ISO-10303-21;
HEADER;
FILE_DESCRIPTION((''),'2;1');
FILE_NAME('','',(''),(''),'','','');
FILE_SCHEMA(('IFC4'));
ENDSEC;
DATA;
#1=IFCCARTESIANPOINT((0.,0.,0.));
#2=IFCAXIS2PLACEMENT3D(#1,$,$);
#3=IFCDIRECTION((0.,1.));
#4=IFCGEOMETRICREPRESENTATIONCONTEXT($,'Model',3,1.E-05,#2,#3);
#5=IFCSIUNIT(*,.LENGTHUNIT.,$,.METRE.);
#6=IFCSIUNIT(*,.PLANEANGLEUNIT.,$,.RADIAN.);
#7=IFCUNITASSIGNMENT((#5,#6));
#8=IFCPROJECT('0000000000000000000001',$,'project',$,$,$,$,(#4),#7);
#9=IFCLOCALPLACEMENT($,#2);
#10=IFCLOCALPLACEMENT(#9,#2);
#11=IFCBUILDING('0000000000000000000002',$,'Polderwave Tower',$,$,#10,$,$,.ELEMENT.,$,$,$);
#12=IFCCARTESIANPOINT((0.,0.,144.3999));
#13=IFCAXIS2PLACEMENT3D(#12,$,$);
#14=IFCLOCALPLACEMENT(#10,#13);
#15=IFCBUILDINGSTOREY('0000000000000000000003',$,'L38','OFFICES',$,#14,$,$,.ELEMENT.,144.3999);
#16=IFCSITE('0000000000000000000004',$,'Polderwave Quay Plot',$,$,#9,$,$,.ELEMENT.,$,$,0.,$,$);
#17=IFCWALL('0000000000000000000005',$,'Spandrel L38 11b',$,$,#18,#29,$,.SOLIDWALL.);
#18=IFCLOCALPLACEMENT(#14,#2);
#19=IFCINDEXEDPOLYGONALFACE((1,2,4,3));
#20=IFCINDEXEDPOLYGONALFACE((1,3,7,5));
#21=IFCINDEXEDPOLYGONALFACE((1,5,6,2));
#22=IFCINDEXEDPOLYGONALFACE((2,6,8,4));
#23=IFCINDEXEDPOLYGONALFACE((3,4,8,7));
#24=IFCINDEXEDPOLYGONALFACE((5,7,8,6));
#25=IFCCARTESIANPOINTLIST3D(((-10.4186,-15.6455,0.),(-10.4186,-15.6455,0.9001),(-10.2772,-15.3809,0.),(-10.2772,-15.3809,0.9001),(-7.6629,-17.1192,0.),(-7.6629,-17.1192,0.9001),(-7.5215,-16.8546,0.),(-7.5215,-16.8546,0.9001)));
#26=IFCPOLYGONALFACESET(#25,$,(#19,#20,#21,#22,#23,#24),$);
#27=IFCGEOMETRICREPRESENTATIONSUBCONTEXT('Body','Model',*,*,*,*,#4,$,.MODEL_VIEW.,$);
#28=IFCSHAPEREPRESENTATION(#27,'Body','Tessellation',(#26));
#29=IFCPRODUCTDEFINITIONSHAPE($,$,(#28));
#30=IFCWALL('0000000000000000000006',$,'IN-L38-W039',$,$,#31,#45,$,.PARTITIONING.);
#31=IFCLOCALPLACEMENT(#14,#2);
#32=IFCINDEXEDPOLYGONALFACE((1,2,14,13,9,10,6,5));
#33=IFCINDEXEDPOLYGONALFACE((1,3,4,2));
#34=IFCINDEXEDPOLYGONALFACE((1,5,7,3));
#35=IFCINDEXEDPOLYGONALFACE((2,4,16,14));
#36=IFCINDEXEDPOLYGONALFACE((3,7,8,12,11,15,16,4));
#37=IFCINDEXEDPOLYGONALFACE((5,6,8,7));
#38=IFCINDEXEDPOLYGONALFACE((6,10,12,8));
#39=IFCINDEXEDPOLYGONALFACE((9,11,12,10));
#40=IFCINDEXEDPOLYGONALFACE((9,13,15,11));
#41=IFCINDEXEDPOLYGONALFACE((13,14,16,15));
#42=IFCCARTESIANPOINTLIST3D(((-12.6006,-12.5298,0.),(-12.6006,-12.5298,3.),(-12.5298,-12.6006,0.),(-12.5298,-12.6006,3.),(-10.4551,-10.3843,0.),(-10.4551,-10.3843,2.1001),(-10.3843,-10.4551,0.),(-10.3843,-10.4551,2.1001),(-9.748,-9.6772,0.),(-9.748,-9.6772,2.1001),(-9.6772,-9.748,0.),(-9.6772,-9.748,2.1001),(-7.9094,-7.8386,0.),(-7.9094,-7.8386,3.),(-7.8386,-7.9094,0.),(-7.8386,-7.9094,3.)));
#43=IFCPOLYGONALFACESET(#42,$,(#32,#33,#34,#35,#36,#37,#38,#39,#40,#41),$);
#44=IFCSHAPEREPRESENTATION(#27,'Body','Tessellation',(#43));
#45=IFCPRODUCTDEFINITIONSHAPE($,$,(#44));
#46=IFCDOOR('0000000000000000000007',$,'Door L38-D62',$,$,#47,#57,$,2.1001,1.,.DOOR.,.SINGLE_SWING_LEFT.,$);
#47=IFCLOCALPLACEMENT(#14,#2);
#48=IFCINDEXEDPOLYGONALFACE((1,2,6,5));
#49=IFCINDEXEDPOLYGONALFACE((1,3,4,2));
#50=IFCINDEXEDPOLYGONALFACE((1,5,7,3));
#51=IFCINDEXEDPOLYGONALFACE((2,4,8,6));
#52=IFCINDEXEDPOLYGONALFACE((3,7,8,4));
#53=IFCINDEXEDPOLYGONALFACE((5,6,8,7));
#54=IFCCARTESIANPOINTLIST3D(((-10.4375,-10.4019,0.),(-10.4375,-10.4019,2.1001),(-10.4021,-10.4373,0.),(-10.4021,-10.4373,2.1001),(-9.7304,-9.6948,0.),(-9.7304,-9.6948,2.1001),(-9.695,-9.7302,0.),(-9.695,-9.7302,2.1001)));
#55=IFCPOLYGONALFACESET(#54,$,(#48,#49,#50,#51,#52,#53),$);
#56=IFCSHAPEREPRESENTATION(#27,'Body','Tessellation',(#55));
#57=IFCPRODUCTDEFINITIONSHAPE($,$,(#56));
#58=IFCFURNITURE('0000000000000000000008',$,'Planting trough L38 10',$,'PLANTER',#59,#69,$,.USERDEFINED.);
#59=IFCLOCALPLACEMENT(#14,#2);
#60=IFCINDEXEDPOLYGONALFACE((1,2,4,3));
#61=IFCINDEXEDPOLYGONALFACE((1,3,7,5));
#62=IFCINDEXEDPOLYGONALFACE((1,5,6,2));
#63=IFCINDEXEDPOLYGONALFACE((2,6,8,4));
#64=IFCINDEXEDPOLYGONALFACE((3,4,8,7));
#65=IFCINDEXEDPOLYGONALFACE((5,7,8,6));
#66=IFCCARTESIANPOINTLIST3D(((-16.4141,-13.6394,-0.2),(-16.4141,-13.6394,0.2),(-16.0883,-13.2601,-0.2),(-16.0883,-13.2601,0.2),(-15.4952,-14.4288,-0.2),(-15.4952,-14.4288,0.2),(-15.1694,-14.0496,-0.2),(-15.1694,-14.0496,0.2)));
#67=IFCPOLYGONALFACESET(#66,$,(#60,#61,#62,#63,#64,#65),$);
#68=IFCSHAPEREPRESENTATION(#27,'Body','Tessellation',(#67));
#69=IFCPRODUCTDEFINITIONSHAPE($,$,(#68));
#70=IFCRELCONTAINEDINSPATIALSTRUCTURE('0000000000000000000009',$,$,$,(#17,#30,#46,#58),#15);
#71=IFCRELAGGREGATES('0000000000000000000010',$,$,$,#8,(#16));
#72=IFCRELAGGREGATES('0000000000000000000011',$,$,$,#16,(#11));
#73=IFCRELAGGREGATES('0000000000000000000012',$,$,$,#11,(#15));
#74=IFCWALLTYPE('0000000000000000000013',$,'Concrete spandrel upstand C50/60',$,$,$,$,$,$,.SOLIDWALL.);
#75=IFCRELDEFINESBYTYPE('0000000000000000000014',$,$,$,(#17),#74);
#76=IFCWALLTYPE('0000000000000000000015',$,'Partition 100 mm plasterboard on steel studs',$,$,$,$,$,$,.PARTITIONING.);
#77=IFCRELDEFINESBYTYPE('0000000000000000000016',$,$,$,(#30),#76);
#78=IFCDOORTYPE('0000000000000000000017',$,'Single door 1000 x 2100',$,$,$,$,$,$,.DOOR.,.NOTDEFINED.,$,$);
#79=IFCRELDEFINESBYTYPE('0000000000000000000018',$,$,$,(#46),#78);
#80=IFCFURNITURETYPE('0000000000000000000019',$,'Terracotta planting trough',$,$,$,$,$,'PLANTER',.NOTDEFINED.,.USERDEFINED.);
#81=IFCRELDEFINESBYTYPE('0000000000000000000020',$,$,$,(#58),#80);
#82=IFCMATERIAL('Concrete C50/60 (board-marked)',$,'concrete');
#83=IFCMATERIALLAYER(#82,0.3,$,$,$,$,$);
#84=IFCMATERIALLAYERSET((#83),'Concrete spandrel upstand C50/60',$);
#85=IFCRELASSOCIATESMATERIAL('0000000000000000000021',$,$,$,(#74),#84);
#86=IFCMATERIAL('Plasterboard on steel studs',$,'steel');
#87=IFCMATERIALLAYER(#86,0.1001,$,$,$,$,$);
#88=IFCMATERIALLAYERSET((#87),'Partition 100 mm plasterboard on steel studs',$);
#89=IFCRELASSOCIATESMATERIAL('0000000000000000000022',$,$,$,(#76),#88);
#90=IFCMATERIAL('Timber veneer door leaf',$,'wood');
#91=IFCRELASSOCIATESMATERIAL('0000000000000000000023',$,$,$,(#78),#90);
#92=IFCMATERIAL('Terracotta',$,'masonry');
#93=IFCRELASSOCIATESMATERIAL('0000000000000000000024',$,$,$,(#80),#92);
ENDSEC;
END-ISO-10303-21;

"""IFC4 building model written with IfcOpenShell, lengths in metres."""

from ifc_helpers import new_model, si_unit, direction, frame, frame_2d, origin, origin_2d, place, context, subcontext, project, spatial, rectangle, extrude, material, layer, layer_set, type_object, element, fill, save


model = new_model("IFC4")

# Units and contexts
model_context = context("Model", 3, precision=1e-05, world=origin(), true_north=direction((0.0, 1.0)))
body_context = subcontext(model_context, "Body", "Model", "MODEL_VIEW")
ifc_project = project(units=[si_unit("LENGTHUNIT", "METRE"), si_unit("PLANEANGLEUNIT", "RADIAN")], contexts=[model_context])

# Site, building, storey
site_placement = place(None, origin())
site = spatial("IfcSite", under=ifc_project, at=site_placement, Name="Polderwave Quay Plot", CompositionType="ELEMENT", RefElevation=0.0)
building_placement = place(site_placement, origin())
building = spatial("IfcBuilding", under=site, at=building_placement, Name="Polderwave Tower", CompositionType="ELEMENT")
storey_placement = place(building_placement, frame((0.0, 0.0, 144.3999)))
storey = spatial("IfcBuildingStorey", under=building, at=storey_placement, Name="L38", Description="OFFICES", CompositionType="ELEMENT", Elevation=144.3999)

# Wall
ifc_material_1 = material(Name="Concrete C50/60 (board-marked)", Category="concrete")
ifc_layer_1 = layer(ifc_material_1, 0.3)
ifc_layer_set_1 = layer_set([ifc_layer_1], Name="Concrete spandrel upstand C50/60")
wall_type_1 = type_object("IfcWallType", Name="Concrete spandrel upstand C50/60", PredefinedType="SOLIDWALL", material=ifc_layer_set_1)
for number, where, z_axis, x_axis, name in (
    (1, (-10.3479, -15.5132, 0.0), (0.0, 0.0, 1.0), (0.881825, -0.471577, 0.0), "Spandrel L38 11b"),
):
    element("IfcWall", number, at=place(storey_placement, frame(where, z_axis=z_axis, x_axis=x_axis)), inside=storey, type_object=wall_type_1, Name=name, PredefinedType="SOLIDWALL", context=body_context, shape_type="SweptSolid", body=[
        extrude(rectangle(XDim=3.125, YDim=0.3, at=frame_2d((1.5625, 0.0))), origin(), (0.0, 0.0, 1.0), 0.9001),
    ])

# Wall, opening, door
ifc_material_2 = material(Name="Plasterboard on steel studs", Category="steel")
ifc_layer_2 = layer(ifc_material_2, 0.1001)
ifc_layer_set_2 = layer_set([ifc_layer_2], Name="Partition 100 mm plasterboard on steel studs")
wall_type_2 = type_object("IfcWallType", Name="Partition 100 mm plasterboard on steel studs", PredefinedType="PARTITIONING", material=ifc_layer_set_2)
wall_placement = place(storey_placement, frame((-7.874, -7.874, 0.0), z_axis=(0.0, 0.0, 1.0), x_axis=(-0.707107, -0.707107, 0.0)))
wall = element("IfcWall", 2, at=wall_placement, inside=storey, type_object=wall_type_2, Name="IN-L38-W039", PredefinedType="PARTITIONING", context=body_context, shape_type="SweptSolid", body=[
    extrude(rectangle(XDim=6.6343, YDim=0.1001, at=frame_2d((3.3171, 0.0))), origin(), (0.0, 0.0, 1.0), 3.0),
])
opening_placement = place(wall_placement, frame((2.6001, 0.0, 0.0)))
opening = element("IfcOpeningElement", 3, at=opening_placement, cuts=wall, PredefinedType="OPENING", context=body_context, shape_type="SweptSolid", body=[
    extrude(rectangle(XDim=1.0, YDim=2.1001, at=frame_2d((0.5, 1.05))), frame((0.0, 0.0601, 0.0), z_axis=(0.0, -1.0, 0.0), x_axis=(1.0, 0.0, 0.0)), (0.0, 0.0, 1.0), 0.1201),
])
ifc_material_3 = material(Name="Timber veneer door leaf", Category="wood")
door_type = type_object("IfcDoorType", Name="Single door 1000 x 2100", OperationType="NOTDEFINED", PredefinedType="DOOR", material=ifc_material_3)
door_placement = place(opening_placement, origin())
door = element("IfcDoor", 4, at=door_placement, inside=storey, type_object=door_type, Name="Door L38-D62", OperationType="SINGLE_SWING_LEFT", OverallHeight=2.1001, OverallWidth=1.0, PredefinedType="DOOR", context=body_context, shape_type="SweptSolid", body=[
    extrude(rectangle(XDim=1.0, YDim=2.1001, at=frame_2d((0.5, 1.05))), frame((0.0, 0.0249, 0.0), z_axis=(0.0, -1.0, 0.0), x_axis=(1.0, 0.0, 0.0)), (0.0, 0.0, 1.0), 0.05),
])
fill(opening, door)

# Furniture
ifc_material_4 = material(Name="Terracotta", Category="masonry")
furniture_type = type_object("IfcFurnitureType", Name="Terracotta planting trough", ElementType="PLANTER", AssemblyPlace="NOTDEFINED", PredefinedType="USERDEFINED", material=ifc_material_4)
furniture_placement = place(storey_placement, frame((-15.7917, -13.8445, -0.2), z_axis=(0.0, 0.0, 1.0), x_axis=(0.758502, -0.651671, 0.0)))
element("IfcFurniture", 5, at=furniture_placement, inside=storey, type_object=furniture_type, Name="Planting trough L38 10", ObjectType="PLANTER", PredefinedType="USERDEFINED", context=body_context, shape_type="SweptSolid", body=[
    extrude(rectangle(XDim=1.2114, YDim=0.5, at=origin_2d()), origin(), (0.0, 0.0, 1.0), 0.3999),
])

save(model, "model.ifc")
